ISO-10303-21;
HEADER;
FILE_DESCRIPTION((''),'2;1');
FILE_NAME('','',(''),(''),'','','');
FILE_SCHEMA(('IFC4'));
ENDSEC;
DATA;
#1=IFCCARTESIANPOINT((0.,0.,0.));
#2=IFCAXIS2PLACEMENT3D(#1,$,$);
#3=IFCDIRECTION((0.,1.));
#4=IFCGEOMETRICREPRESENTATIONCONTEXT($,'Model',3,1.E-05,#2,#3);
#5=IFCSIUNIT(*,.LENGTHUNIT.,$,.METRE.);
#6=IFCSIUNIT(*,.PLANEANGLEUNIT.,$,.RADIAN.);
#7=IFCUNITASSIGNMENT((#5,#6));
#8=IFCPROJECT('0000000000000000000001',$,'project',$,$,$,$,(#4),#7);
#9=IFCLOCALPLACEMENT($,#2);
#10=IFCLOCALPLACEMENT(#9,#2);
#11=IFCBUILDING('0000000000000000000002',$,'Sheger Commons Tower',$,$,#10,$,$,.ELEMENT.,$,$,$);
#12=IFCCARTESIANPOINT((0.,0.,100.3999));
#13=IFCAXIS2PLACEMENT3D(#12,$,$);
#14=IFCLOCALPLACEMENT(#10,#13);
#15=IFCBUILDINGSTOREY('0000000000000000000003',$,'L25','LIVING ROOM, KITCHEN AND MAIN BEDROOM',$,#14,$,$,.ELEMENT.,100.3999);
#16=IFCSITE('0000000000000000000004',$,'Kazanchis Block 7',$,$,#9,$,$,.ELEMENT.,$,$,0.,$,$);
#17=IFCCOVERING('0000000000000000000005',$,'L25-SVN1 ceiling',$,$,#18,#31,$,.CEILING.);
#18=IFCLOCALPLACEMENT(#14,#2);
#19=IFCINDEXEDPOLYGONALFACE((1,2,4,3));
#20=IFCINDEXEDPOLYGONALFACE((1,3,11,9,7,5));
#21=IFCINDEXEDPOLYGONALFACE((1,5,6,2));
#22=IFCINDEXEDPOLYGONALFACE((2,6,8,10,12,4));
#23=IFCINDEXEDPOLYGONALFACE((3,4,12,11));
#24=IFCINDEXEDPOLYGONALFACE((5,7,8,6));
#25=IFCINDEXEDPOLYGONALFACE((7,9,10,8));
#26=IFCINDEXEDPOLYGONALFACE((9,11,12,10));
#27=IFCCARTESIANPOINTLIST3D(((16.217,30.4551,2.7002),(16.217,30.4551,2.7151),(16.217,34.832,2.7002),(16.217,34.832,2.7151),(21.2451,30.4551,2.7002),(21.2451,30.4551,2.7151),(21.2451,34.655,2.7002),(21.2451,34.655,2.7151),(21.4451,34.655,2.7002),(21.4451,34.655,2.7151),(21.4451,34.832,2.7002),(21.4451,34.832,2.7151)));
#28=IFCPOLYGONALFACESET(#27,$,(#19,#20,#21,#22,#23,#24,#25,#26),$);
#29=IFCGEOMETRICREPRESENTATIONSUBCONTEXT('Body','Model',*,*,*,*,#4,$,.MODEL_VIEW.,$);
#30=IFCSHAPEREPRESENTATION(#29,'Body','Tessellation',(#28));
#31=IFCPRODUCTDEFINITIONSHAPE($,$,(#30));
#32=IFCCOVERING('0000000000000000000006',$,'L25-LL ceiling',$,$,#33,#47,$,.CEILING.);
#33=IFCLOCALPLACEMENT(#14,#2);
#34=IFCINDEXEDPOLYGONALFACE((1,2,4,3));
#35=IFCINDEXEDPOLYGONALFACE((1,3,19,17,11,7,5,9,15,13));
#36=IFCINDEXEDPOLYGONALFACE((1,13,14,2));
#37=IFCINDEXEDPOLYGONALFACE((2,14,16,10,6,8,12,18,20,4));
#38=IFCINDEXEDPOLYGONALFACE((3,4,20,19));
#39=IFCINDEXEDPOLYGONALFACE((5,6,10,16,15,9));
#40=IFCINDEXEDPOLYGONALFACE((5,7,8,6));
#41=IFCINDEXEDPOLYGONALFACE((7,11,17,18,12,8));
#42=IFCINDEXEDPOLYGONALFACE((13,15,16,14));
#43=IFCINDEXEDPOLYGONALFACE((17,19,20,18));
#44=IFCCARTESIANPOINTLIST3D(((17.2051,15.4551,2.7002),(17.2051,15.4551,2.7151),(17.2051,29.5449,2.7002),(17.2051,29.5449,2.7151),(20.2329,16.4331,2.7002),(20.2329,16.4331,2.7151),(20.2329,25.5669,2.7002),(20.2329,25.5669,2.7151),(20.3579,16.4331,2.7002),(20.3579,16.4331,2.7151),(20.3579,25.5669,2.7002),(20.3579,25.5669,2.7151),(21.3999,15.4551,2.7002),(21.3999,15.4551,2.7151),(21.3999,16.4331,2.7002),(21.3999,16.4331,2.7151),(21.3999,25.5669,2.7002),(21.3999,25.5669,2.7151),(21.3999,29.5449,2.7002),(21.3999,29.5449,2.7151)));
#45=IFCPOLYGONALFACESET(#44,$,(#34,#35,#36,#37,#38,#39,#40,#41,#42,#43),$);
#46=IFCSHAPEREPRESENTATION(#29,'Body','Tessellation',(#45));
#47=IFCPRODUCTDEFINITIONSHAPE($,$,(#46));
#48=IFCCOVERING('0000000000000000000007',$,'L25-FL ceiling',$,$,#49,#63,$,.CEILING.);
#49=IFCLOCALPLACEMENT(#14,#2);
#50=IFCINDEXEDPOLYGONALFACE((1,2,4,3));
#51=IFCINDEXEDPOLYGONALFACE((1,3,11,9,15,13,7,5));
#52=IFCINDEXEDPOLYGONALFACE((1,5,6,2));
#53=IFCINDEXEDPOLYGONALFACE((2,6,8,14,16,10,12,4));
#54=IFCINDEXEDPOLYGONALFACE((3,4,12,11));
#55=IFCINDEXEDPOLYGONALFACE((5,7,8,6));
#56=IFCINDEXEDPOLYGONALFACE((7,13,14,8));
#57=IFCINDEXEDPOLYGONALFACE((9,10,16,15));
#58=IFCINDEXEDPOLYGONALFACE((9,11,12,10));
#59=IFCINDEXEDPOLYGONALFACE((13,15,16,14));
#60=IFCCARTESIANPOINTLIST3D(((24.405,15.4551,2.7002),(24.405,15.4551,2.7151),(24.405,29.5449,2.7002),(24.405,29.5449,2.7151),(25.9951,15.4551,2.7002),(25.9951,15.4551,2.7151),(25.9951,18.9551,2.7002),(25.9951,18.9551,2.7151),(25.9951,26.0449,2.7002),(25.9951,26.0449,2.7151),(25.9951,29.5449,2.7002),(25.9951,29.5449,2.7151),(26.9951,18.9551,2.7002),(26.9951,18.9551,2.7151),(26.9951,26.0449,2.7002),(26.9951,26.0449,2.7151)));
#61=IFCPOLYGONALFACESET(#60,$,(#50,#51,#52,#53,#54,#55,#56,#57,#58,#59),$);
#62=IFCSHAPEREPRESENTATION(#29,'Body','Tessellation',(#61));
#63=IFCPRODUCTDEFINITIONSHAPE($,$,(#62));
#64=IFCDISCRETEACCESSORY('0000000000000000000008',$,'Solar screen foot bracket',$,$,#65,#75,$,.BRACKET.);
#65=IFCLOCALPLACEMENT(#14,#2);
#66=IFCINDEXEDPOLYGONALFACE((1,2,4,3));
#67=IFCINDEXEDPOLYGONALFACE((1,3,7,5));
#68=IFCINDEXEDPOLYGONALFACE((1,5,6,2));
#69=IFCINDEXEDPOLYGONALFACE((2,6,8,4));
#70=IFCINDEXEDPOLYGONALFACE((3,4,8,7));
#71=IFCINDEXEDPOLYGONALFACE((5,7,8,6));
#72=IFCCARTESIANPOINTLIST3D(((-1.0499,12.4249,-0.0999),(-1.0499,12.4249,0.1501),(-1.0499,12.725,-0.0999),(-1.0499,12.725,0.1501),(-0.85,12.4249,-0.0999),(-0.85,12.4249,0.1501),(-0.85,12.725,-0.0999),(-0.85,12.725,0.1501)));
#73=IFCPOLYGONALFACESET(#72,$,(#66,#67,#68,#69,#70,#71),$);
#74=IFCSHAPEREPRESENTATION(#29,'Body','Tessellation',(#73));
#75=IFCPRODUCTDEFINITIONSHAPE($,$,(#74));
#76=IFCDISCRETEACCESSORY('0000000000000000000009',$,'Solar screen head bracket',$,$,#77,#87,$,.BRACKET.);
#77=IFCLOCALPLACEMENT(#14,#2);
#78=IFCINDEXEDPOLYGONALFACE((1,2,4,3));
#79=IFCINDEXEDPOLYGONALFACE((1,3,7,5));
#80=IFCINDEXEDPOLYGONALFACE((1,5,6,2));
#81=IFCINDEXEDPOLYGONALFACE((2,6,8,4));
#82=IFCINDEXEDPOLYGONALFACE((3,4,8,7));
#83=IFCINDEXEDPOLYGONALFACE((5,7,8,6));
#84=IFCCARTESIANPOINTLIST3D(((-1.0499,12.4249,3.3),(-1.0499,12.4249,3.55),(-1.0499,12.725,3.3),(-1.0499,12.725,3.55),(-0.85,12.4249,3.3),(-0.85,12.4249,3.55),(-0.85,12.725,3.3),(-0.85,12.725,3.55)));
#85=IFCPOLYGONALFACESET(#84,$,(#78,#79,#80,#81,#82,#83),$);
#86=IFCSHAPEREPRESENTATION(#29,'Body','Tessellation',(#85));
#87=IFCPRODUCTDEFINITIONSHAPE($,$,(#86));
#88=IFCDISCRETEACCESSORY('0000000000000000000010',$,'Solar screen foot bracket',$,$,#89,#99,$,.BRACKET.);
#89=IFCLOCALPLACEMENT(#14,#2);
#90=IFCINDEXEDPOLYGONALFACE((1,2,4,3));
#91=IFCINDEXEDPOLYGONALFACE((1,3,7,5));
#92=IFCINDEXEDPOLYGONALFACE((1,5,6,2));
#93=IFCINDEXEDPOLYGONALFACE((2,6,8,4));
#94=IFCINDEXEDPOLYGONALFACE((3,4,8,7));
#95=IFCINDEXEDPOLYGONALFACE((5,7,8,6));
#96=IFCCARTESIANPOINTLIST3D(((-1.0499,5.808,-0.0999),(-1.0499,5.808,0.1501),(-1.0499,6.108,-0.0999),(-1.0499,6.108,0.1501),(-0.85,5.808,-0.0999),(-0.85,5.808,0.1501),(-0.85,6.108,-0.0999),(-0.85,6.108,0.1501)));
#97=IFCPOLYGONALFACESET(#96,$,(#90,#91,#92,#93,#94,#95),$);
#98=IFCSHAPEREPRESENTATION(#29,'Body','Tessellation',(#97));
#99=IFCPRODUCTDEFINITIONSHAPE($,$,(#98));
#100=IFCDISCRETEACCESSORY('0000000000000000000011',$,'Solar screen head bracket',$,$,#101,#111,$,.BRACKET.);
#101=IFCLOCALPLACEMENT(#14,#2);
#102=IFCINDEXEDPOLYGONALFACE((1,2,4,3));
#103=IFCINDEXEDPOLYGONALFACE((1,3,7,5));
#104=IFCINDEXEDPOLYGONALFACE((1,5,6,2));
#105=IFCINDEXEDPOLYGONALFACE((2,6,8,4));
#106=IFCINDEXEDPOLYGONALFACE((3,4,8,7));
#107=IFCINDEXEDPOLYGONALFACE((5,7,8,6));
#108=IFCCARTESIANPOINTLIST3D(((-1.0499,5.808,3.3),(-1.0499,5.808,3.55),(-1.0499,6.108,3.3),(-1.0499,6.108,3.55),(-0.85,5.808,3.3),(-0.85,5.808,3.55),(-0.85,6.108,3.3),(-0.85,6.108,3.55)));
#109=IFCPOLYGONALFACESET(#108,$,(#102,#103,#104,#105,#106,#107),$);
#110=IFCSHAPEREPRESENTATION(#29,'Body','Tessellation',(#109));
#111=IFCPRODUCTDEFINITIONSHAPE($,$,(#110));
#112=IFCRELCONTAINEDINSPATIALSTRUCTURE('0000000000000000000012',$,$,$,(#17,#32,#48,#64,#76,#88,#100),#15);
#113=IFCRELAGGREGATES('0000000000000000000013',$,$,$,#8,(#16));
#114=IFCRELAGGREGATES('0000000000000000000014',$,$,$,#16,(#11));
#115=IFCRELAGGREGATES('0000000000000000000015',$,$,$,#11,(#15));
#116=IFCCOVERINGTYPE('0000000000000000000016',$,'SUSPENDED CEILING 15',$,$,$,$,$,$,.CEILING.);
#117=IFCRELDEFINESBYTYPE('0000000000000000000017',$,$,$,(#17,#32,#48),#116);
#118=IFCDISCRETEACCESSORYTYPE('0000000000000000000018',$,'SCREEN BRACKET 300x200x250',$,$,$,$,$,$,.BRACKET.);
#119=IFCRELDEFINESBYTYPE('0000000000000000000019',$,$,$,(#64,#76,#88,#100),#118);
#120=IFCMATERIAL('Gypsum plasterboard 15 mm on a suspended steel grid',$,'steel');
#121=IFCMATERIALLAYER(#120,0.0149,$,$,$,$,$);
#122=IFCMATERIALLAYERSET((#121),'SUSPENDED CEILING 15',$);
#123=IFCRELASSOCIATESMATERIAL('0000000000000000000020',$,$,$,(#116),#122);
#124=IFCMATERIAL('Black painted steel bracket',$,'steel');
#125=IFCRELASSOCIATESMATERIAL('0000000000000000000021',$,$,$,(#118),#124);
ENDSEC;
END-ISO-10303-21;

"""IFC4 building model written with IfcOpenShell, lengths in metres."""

from ifc_helpers import new_model, si_unit, direction, frame, origin, origin_2d, place, context, subcontext, project, spatial, polyline, rectangle, outline, extrude, material, layer, layer_set, type_object, element, save


model = new_model("IFC4")

# Units and contexts
model_context = context("Model", 3, precision=1e-05, world=origin(), true_north=direction((0.0, 1.0)))
body_context = subcontext(model_context, "Body", "Model", "MODEL_VIEW")
ifc_project = project(units=[si_unit("LENGTHUNIT", "METRE"), si_unit("PLANEANGLEUNIT", "RADIAN")], contexts=[model_context])

# Site, building, storey
site_placement = place(None, origin())
site = spatial("IfcSite", under=ifc_project, at=site_placement, Name="Kazanchis Block 7", CompositionType="ELEMENT", RefElevation=0.0)
building_placement = place(site_placement, origin())
building = spatial("IfcBuilding", under=site, at=building_placement, Name="Sheger Commons Tower", CompositionType="ELEMENT")
storey_placement = place(building_placement, frame((0.0, 0.0, 100.3999)))
storey = spatial("IfcBuildingStorey", under=building, at=storey_placement, Name="L25", Description="LIVING ROOM, KITCHEN AND MAIN BEDROOM", CompositionType="ELEMENT", Elevation=100.3999)

# Coverings
ifc_material_1 = material(Name="Gypsum plasterboard 15 mm on a suspended steel grid", Category="steel")
ifc_layer_1 = layer(ifc_material_1, 0.0149)
ifc_layer_set_1 = layer_set([ifc_layer_1], Name="SUSPENDED CEILING 15")
covering_type_1 = type_object("IfcCoveringType", Name="SUSPENDED CEILING 15", PredefinedType="CEILING", material=ifc_layer_set_1)
covering_1_placement = place(storey_placement, frame((0.0, 0.0, 2.7002)))
element("IfcCovering", 1, at=covering_1_placement, inside=storey, type_object=covering_type_1, Name="L25-SVN1 ceiling", PredefinedType="CEILING", context=body_context, shape_type="SweptSolid", body=[
    extrude(outline(polyline([(16.217, 30.4551), (21.2451, 30.4551), (21.2451, 34.655), (21.4451, 34.655), (21.4451, 34.832), (16.217, 34.832), (16.217, 30.4551)])), origin(), (0.0, 0.0, 1.0), 0.0149),
])
covering_2_placement = place(storey_placement, frame((0.0, 0.0, 2.7002)))
element("IfcCovering", 2, at=covering_2_placement, inside=storey, type_object=covering_type_1, Name="L25-LL ceiling", PredefinedType="CEILING", context=body_context, shape_type="SweptSolid", body=[
    extrude(outline(polyline([(17.2051, 15.4551), (21.3999, 15.4551), (21.3999, 16.4331), (20.3579, 16.4331), (20.2329, 16.4331), (20.2329, 25.5669), (20.3579, 25.5669), (21.3999, 25.5669), (21.3999, 29.5449), (17.2051, 29.5449), (17.2051, 15.4551)])), origin(), (0.0, 0.0, 1.0), 0.0149),
])
covering_3_placement = place(storey_placement, frame((0.0, 0.0, 2.7002)))
element("IfcCovering", 3, at=covering_3_placement, inside=storey, type_object=covering_type_1, Name="L25-FL ceiling", PredefinedType="CEILING", context=body_context, shape_type="SweptSolid", body=[
    extrude(outline(polyline([(24.405, 15.4551), (25.9951, 15.4551), (25.9951, 18.9551), (26.9951, 18.9551), (26.9951, 26.0449), (25.9951, 26.0449), (25.9951, 29.5449), (24.405, 29.5449), (24.405, 15.4551)])), origin(), (0.0, 0.0, 1.0), 0.0149),
])

# Discrete accessories
ifc_material_2 = material(Name="Black painted steel bracket", Category="steel")
discrete_accessory_type = type_object("IfcDiscreteAccessoryType", Name="SCREEN BRACKET 300x200x250", PredefinedType="BRACKET", material=ifc_material_2)
for number, where, z_axis, x_axis, name in (
    (4, (-0.95, 12.575, -0.0999), (0.0, 0.0, 1.0), (0.0, -1.0, 0.0), "Solar screen foot bracket"),
    (5, (-0.95, 12.575, 3.3), (0.0, 0.0, 1.0), (0.0, -1.0, 0.0), "Solar screen head bracket"),
    (6, (-0.95, 5.958, -0.0999), (0.0, 0.0, 1.0), (0.0, -1.0, 0.0), "Solar screen foot bracket"),
    (7, (-0.95, 5.958, 3.3), (0.0, 0.0, 1.0), (0.0, -1.0, 0.0), "Solar screen head bracket"),
):
    element("IfcDiscreteAccessory", number, at=place(storey_placement, frame(where, z_axis=z_axis, x_axis=x_axis)), inside=storey, type_object=discrete_accessory_type, Name=name, PredefinedType="BRACKET", context=body_context, shape_type="SweptSolid", body=[
        extrude(rectangle(XDim=0.3, YDim=0.2, at=origin_2d()), origin(), (0.0, 0.0, 1.0), 0.25),
    ])

save(model, "model.ifc")
